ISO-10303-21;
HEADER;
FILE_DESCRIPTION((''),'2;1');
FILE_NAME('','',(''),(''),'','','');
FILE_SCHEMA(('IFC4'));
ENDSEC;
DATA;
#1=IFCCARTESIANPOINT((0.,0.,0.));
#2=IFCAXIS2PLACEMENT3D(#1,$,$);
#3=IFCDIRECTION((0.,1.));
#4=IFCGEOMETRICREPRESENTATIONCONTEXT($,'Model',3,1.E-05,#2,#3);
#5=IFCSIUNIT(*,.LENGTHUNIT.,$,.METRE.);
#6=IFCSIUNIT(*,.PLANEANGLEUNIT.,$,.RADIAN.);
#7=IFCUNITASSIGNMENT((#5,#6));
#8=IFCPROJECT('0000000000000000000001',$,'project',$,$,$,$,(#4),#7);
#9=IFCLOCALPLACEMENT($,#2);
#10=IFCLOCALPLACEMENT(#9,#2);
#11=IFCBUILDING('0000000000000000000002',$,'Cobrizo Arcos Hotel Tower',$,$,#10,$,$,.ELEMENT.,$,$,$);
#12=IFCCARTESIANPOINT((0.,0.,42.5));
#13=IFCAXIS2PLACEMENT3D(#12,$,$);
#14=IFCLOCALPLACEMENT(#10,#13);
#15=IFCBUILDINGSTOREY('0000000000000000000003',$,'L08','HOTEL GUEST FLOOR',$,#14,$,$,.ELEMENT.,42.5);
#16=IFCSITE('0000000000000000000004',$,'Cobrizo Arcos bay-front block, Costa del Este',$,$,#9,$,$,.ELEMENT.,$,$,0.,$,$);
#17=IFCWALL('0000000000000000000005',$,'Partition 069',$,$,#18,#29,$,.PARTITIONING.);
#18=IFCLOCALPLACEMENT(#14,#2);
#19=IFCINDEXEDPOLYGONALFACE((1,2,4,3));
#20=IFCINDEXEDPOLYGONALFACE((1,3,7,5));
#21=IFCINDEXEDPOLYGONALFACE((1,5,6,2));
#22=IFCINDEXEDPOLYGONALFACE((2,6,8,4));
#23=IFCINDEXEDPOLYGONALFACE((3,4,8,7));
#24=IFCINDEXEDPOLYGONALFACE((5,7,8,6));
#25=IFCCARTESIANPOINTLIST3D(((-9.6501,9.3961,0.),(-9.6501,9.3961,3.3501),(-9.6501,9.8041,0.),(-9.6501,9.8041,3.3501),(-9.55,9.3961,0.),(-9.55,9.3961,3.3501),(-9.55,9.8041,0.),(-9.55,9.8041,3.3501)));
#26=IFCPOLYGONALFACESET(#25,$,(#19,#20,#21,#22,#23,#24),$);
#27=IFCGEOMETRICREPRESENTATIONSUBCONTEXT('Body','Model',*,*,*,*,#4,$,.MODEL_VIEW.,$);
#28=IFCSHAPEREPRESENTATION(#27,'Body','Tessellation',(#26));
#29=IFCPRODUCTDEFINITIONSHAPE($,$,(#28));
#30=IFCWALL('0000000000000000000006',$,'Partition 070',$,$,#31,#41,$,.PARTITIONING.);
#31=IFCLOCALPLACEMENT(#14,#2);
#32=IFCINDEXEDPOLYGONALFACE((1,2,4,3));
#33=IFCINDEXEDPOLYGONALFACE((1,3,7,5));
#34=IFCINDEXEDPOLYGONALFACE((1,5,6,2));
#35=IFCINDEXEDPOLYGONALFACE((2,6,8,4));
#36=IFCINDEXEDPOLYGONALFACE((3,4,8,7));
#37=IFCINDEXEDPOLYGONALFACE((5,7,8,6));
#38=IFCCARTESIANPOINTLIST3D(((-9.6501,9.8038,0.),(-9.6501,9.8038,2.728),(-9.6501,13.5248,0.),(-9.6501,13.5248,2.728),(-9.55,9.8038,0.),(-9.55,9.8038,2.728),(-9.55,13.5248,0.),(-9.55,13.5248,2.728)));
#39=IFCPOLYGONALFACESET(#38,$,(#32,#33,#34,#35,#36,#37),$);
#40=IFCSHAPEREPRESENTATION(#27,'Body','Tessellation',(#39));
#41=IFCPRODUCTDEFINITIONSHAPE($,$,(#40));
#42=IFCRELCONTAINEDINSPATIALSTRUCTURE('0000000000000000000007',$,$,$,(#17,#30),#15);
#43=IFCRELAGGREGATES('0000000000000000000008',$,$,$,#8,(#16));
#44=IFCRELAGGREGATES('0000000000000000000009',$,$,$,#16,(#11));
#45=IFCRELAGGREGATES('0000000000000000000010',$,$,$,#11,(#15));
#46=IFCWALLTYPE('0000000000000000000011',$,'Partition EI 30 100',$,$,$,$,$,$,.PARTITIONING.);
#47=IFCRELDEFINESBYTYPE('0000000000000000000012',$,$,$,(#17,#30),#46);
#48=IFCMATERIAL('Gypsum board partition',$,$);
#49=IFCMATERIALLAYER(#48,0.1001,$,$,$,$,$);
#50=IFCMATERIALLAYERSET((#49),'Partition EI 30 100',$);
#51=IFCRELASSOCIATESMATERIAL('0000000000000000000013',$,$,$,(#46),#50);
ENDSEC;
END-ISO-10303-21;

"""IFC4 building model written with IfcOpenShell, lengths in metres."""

from ifc_helpers import new_model, si_unit, direction, frame, frame_2d, origin, place, context, subcontext, project, spatial, rectangle, extrude, material, layer, layer_set, type_object, element, save


model = new_model("IFC4")

# Units and contexts
model_context = context("Model", 3, precision=1e-05, world=origin(), true_north=direction((0.0, 1.0)))
body_context = subcontext(model_context, "Body", "Model", "MODEL_VIEW")
ifc_project = project(units=[si_unit("LENGTHUNIT", "METRE"), si_unit("PLANEANGLEUNIT", "RADIAN")], contexts=[model_context])

# Site, building, storey
site_placement = place(None, origin())
site = spatial("IfcSite", under=ifc_project, at=site_placement, Name="Cobrizo Arcos bay-front block, Costa del Este", CompositionType="ELEMENT", RefElevation=0.0)
building_placement = place(site_placement, origin())
building = spatial("IfcBuilding", under=site, at=building_placement, Name="Cobrizo Arcos Hotel Tower", CompositionType="ELEMENT")
storey_placement = place(building_placement, frame((0.0, 0.0, 42.5)))
storey = spatial("IfcBuildingStorey", under=building, at=storey_placement, Name="L08", Description="HOTEL GUEST FLOOR", CompositionType="ELEMENT", Elevation=42.5)

# Shared definitions
ifc_material_1 = material(Name="Gypsum board partition")

# Shared definitions
ifc_layer_1 = layer(ifc_material_1, 0.1001)
ifc_layer_set_1 = layer_set([ifc_layer_1], Name="Partition EI 30 100")
wall_type_1 = type_object("IfcWallType", Name="Partition EI 30 100", PredefinedType="PARTITIONING", material=ifc_layer_set_1)

# Walls
wall_1_placement = place(storey_placement, frame((-9.6001, 9.396, 0.0), z_axis=(0.0, 0.0, 1.0), x_axis=(0.0, 1.0, 0.0)))
element("IfcWall", 1, at=wall_1_placement, inside=storey, type_object=wall_type_1, Name="Partition 069", PredefinedType="PARTITIONING", context=body_context, shape_type="SweptSolid", body=[
    extrude(rectangle(XDim=0.408, YDim=0.1001, at=frame_2d((0.2041, 0.0))), origin(), (0.0, 0.0, 1.0), 3.3501),
])
wall_2_placement = place(storey_placement, frame((-9.6001, 9.804, 0.0), z_axis=(0.0, 0.0, 1.0), x_axis=(0.0, 1.0, 0.0)))
element("IfcWall", 2, at=wall_2_placement, inside=storey, type_object=wall_type_1, Name="Partition 070", PredefinedType="PARTITIONING", context=body_context, shape_type="SweptSolid", body=[
    extrude(rectangle(XDim=3.7209, YDim=0.1001, at=frame_2d((1.8604, 0.0))), origin(), (0.0, 0.0, 1.0), 2.728),
])

save(model, "model.ifc")
